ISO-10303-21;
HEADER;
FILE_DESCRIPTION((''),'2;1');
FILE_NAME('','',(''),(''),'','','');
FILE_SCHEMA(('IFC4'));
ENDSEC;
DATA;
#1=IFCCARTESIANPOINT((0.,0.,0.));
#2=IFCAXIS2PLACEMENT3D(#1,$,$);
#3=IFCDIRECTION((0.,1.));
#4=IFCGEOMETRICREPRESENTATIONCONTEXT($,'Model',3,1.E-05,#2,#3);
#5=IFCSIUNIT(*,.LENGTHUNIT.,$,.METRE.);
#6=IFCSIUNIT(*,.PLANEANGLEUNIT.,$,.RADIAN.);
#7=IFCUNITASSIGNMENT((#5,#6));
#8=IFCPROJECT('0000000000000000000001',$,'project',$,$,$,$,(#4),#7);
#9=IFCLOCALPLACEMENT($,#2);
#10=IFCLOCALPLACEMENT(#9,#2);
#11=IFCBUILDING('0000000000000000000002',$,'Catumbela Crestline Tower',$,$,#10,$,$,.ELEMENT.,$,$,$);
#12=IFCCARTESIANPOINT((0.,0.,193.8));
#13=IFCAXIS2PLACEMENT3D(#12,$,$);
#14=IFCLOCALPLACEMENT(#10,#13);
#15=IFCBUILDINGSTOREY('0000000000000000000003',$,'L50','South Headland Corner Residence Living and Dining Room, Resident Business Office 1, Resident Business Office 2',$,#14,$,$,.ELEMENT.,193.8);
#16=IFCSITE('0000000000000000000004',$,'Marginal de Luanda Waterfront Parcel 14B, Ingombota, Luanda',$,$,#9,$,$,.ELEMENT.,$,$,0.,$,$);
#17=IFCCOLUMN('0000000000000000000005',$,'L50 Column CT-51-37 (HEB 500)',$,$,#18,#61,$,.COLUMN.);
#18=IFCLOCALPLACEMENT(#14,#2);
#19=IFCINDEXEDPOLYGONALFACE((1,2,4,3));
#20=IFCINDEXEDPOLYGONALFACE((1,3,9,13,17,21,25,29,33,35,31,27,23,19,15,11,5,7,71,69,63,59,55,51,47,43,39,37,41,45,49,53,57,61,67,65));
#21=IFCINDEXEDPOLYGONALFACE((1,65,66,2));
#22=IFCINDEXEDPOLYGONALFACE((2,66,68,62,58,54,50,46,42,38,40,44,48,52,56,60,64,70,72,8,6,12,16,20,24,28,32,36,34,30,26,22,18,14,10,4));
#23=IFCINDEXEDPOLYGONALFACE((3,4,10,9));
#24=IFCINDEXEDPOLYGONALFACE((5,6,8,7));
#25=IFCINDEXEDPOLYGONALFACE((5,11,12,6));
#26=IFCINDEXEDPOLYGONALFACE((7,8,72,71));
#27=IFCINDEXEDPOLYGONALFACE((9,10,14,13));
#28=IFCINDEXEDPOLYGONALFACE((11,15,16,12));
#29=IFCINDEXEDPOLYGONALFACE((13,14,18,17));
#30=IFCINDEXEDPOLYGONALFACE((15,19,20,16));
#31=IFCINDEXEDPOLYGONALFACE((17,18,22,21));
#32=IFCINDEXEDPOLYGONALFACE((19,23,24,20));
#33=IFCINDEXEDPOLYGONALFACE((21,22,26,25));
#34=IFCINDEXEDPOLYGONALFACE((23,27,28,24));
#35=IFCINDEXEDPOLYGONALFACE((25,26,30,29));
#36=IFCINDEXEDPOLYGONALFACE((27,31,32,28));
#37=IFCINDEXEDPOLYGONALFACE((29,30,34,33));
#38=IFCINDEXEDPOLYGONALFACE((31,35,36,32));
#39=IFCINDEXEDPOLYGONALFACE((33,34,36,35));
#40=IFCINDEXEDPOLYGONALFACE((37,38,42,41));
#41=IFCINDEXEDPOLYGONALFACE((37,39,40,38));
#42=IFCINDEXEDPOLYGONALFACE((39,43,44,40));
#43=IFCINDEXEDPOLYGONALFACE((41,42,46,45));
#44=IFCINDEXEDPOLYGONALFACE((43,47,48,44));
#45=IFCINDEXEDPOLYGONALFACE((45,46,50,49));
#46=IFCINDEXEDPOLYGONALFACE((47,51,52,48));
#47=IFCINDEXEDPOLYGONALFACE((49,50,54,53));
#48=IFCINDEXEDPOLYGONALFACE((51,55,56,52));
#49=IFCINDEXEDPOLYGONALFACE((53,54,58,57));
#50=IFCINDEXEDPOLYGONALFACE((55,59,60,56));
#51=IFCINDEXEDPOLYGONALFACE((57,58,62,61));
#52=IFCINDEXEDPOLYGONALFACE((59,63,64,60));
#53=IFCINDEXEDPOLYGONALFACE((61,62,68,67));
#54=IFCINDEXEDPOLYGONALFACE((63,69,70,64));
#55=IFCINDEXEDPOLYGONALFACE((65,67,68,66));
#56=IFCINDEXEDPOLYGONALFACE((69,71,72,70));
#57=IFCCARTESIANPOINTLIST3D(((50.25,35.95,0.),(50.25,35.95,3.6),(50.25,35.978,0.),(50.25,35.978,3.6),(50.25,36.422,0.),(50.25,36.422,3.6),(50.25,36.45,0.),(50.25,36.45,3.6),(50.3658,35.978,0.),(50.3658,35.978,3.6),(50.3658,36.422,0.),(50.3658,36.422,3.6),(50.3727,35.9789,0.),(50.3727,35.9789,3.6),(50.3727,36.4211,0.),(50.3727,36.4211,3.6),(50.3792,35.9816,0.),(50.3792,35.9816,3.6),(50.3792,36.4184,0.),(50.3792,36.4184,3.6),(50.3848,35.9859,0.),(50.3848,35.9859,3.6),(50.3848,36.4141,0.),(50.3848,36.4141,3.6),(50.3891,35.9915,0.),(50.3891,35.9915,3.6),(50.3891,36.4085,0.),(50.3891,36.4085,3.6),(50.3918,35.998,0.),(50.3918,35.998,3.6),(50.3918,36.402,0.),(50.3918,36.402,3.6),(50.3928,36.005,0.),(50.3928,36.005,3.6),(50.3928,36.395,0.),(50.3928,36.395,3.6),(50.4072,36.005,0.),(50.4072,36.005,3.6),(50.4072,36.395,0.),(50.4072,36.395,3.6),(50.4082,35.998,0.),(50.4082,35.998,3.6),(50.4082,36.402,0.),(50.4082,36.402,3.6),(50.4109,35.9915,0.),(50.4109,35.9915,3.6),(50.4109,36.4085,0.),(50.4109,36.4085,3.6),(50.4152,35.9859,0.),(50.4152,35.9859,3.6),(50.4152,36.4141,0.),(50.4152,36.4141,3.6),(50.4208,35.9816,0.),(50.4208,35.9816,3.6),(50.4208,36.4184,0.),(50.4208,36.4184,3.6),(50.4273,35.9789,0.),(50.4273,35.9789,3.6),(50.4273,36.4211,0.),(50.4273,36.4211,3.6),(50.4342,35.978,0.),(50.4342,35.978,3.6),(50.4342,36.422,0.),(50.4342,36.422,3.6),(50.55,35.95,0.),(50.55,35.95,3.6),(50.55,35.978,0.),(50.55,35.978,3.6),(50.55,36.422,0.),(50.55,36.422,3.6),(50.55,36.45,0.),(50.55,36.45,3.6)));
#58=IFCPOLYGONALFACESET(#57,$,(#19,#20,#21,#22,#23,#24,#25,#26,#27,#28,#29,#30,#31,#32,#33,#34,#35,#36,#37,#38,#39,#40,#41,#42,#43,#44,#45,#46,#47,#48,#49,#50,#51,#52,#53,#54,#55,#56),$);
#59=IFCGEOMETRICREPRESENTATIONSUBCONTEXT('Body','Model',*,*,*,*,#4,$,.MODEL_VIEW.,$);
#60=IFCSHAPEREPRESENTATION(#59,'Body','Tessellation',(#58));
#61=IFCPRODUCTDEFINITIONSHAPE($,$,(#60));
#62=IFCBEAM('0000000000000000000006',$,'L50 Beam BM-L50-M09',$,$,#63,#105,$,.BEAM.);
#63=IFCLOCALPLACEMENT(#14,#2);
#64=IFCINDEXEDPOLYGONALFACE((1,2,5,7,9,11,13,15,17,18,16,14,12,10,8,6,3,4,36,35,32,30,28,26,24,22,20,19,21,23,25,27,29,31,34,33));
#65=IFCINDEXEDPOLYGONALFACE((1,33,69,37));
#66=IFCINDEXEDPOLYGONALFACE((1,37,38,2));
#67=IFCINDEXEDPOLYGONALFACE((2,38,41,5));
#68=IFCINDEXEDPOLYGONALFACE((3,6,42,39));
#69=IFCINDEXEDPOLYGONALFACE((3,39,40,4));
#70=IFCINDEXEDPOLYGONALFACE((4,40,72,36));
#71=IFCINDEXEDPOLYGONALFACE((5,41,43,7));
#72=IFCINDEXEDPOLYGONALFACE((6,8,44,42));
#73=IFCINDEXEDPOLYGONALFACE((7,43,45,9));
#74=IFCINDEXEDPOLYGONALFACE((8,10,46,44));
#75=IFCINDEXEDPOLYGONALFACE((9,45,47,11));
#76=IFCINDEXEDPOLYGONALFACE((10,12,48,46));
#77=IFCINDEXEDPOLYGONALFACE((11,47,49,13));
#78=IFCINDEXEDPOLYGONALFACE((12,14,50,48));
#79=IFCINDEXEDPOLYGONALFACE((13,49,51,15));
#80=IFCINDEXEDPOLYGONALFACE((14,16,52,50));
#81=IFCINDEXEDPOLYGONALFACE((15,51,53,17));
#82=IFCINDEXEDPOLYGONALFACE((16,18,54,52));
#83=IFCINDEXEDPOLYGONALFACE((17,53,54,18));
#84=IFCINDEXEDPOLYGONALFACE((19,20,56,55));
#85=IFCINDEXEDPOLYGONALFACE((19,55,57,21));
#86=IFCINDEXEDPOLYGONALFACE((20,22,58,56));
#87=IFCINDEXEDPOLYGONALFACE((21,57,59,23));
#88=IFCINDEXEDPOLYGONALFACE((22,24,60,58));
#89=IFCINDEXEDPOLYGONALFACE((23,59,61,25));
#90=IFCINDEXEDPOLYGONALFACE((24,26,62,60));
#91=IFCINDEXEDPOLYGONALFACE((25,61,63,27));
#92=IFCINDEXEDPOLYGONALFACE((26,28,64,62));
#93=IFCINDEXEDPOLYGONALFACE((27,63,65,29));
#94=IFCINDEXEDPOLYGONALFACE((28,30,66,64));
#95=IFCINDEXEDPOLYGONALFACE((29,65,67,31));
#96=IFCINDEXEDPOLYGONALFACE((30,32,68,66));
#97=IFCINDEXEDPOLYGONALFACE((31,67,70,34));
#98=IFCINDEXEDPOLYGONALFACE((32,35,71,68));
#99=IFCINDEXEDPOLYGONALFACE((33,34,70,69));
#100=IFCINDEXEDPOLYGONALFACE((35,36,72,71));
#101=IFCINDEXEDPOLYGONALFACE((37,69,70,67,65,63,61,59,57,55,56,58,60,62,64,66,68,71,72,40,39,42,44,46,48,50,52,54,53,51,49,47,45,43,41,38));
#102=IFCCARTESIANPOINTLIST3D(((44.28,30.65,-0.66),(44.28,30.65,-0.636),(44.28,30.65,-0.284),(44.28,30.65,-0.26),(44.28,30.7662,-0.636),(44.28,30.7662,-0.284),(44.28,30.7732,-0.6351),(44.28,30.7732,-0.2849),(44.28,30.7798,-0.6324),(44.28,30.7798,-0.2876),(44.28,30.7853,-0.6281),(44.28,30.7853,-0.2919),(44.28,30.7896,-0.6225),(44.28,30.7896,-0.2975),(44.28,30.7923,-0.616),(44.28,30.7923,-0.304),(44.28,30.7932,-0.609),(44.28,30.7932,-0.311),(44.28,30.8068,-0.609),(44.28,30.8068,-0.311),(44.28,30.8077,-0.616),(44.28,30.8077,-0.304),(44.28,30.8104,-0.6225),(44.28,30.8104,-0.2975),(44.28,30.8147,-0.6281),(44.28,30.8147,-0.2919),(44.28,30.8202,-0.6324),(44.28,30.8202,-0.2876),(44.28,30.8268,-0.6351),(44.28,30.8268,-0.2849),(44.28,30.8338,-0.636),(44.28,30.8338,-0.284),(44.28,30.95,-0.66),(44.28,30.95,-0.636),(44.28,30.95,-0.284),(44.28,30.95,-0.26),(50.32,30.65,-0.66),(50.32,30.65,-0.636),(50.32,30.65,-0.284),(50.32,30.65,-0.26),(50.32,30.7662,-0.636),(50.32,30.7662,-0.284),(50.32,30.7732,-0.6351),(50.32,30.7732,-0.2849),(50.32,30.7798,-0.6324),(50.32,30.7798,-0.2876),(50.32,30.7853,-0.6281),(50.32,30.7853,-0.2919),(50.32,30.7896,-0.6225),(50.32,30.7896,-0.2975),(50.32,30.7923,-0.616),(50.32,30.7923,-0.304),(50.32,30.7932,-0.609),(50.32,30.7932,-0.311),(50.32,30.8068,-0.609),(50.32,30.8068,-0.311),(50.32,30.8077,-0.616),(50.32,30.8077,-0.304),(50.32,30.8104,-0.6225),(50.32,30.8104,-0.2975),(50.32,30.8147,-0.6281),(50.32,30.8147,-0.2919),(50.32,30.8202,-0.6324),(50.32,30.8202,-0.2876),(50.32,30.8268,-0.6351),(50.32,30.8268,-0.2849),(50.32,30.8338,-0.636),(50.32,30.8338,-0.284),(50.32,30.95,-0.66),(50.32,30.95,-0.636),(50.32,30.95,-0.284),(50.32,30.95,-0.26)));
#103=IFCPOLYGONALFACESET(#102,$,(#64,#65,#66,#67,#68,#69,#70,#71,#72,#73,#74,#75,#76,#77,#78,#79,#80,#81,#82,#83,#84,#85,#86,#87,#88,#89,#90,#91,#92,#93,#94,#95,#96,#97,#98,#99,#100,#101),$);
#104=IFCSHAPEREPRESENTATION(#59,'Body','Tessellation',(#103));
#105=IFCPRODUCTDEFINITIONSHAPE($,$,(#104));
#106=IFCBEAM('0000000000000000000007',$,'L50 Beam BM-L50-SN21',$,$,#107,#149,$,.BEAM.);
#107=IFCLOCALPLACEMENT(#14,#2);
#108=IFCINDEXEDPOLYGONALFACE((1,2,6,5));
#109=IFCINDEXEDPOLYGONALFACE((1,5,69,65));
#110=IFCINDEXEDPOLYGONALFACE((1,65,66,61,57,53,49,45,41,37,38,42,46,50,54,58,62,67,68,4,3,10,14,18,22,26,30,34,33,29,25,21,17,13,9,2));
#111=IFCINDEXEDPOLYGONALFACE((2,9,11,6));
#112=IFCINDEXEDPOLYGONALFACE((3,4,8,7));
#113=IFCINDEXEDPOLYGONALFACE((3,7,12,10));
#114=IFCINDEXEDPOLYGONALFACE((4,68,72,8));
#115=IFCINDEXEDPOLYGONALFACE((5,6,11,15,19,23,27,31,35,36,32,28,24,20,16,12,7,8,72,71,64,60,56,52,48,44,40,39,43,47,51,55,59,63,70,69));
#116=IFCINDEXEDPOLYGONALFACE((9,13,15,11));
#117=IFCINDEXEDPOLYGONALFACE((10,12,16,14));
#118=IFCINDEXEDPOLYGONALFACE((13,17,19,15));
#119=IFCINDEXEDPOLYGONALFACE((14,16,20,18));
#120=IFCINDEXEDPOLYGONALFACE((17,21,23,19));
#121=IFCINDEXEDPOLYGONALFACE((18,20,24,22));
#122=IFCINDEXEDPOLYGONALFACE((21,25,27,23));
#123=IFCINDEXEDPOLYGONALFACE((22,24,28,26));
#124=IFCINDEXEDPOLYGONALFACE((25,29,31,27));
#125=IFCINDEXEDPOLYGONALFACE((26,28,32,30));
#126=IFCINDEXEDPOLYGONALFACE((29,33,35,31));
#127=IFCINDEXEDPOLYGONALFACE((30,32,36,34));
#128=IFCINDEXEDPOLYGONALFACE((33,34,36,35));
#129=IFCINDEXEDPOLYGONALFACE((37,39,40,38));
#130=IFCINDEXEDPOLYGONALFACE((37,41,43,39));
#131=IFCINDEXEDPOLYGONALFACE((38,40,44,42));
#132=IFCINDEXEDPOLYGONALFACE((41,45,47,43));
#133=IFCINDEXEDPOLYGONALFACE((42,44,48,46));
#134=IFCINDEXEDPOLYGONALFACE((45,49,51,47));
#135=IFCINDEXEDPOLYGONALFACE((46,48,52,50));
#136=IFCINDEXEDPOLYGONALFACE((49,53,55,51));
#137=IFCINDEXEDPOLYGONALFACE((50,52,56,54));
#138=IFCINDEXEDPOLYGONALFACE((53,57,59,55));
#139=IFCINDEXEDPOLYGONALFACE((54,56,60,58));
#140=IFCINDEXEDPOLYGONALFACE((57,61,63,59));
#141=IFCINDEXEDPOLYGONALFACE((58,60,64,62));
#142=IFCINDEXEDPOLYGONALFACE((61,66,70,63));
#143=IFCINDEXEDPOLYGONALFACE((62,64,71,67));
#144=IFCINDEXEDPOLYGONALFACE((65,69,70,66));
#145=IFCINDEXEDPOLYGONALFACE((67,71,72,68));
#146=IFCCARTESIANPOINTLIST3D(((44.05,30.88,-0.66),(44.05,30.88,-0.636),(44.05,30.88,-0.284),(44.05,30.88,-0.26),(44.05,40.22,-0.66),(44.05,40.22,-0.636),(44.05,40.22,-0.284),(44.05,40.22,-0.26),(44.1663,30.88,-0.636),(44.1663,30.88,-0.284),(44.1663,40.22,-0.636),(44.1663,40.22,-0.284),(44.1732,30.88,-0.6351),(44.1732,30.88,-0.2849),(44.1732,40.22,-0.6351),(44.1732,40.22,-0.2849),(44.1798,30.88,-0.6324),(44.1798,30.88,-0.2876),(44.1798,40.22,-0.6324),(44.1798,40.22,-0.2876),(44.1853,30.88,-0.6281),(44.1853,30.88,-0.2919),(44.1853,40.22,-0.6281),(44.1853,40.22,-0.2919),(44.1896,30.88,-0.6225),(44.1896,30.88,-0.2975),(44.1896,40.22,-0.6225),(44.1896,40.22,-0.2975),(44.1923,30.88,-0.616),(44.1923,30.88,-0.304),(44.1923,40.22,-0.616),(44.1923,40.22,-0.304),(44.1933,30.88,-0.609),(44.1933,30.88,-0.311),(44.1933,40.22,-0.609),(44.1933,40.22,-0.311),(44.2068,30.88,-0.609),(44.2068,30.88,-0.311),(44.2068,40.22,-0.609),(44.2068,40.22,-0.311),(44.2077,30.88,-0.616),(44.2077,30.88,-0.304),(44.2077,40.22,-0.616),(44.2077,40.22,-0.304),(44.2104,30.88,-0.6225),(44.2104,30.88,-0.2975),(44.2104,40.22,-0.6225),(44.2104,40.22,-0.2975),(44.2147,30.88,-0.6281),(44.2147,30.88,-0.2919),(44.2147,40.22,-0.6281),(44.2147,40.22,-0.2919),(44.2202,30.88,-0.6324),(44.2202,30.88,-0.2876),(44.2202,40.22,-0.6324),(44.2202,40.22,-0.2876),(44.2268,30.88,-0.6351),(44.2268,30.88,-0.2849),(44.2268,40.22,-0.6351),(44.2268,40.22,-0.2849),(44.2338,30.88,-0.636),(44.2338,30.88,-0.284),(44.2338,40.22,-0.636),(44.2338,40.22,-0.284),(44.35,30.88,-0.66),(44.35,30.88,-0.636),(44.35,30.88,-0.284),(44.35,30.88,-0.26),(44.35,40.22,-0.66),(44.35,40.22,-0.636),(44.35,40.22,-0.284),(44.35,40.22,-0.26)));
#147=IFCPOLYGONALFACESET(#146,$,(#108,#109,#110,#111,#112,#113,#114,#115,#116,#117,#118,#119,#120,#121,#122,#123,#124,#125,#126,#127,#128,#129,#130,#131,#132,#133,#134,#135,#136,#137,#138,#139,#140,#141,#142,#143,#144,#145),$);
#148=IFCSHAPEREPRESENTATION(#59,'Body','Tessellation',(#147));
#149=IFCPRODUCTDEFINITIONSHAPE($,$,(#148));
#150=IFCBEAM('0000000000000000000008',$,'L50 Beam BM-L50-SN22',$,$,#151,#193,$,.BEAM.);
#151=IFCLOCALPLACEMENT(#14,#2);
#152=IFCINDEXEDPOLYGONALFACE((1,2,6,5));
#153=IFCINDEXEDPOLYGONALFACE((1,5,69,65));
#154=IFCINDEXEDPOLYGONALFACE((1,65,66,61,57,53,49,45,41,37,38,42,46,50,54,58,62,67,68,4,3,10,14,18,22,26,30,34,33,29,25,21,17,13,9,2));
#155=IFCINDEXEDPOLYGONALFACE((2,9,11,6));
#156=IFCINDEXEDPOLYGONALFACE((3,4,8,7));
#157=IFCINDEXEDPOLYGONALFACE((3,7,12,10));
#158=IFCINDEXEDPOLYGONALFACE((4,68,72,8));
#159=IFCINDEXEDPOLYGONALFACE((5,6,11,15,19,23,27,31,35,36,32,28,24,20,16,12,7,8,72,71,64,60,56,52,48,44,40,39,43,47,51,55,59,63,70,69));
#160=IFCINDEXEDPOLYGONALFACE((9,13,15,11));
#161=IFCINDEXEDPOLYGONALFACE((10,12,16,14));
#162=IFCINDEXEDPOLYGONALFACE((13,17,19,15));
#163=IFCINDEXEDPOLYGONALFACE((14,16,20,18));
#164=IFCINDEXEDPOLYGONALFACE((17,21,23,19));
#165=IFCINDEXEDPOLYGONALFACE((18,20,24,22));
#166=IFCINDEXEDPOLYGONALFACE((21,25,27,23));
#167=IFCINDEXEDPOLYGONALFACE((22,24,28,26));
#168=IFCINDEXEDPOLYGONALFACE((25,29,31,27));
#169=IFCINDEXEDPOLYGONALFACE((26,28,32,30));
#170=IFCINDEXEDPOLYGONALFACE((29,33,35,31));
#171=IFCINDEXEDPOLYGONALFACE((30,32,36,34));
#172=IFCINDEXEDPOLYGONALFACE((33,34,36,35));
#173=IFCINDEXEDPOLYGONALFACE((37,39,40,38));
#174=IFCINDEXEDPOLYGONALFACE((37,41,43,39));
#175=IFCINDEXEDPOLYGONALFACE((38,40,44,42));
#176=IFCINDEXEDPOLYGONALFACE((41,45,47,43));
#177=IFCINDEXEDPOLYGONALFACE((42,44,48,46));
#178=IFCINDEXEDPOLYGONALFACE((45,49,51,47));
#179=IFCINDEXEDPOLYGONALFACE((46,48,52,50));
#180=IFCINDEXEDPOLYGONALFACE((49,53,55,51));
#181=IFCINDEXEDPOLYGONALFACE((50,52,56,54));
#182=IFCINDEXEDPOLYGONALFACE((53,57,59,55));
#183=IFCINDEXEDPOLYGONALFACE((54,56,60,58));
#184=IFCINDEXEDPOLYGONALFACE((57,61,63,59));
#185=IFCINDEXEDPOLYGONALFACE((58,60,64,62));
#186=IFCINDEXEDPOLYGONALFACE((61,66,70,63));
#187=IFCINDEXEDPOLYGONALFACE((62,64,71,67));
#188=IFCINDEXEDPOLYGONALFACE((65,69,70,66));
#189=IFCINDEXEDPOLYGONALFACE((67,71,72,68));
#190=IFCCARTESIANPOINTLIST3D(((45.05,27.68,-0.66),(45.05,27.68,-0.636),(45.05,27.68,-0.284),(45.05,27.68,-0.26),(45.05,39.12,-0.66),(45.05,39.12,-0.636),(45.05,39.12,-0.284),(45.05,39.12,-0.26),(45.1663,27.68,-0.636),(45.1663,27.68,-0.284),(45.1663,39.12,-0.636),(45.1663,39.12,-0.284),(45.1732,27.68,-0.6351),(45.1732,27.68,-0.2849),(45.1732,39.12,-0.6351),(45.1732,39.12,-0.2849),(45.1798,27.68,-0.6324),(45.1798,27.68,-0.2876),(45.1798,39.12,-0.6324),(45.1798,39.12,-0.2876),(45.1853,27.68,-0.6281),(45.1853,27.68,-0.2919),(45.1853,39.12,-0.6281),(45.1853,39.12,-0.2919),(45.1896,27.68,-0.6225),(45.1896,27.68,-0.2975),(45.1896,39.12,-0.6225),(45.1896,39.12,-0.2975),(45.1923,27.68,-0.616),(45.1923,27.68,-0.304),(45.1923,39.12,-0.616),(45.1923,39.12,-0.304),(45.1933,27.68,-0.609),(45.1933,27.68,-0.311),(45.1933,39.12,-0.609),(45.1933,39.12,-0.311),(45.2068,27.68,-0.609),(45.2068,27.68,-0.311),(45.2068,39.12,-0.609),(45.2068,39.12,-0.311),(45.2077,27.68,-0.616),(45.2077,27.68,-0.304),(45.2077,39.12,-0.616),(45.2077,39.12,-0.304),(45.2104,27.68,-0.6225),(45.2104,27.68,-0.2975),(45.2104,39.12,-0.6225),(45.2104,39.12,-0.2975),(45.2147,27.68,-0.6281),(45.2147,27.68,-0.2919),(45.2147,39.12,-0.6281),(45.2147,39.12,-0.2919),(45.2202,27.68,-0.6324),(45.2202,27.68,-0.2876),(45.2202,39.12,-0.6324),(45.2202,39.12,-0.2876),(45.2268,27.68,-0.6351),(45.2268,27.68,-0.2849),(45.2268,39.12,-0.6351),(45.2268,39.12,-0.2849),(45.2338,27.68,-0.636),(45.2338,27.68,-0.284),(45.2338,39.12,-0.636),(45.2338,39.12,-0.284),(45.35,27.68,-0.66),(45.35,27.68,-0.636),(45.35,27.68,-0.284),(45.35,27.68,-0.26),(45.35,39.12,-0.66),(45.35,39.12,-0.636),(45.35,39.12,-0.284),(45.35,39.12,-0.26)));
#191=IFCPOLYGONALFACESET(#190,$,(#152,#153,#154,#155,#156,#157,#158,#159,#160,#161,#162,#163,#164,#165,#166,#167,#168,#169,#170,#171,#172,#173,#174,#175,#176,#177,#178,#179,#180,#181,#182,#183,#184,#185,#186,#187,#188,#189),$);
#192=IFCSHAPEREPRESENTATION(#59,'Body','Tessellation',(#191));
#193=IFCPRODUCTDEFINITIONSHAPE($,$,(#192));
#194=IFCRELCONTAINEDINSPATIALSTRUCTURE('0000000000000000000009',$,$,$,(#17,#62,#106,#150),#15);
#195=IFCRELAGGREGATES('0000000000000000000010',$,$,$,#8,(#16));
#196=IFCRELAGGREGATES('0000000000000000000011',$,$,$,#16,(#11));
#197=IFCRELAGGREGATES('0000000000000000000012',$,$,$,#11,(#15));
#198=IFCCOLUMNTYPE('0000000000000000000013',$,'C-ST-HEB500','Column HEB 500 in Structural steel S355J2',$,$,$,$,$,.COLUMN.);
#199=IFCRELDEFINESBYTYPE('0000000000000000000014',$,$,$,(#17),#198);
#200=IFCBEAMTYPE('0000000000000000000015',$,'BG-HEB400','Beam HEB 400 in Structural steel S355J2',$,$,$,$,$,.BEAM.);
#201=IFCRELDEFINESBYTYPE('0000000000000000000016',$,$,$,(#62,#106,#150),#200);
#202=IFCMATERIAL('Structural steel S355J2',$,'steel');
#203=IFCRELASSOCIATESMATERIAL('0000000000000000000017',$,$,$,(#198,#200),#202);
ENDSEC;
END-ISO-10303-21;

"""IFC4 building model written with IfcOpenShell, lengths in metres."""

from ifc_helpers import new_model, si_unit, direction, frame, origin, origin_2d, place, context, subcontext, project, spatial, i_section, extrude, material, material_profile, profile_set, type_object, element, save


model = new_model("IFC4")

# Units and contexts
model_context = context("Model", 3, precision=1e-05, world=origin(), true_north=direction((0.0, 1.0)))
body_context = subcontext(model_context, "Body", "Model", "MODEL_VIEW")
ifc_project = project(units=[si_unit("LENGTHUNIT", "METRE"), si_unit("PLANEANGLEUNIT", "RADIAN")], contexts=[model_context])

# Site, building, storey
site_placement = place(None, origin())
site = spatial("IfcSite", under=ifc_project, at=site_placement, Name="Marginal de Luanda Waterfront Parcel 14B, Ingombota, Luanda", CompositionType="ELEMENT", RefElevation=0.0)
building_placement = place(site_placement, origin())
building = spatial("IfcBuilding", under=site, at=building_placement, Name="Catumbela Crestline Tower", CompositionType="ELEMENT")
storey_placement = place(building_placement, frame((0.0, 0.0, 193.8)))
storey = spatial("IfcBuildingStorey", under=building, at=storey_placement, Name="L50", Description="South Headland Corner Residence Living and Dining Room, Resident Business Office 1, Resident Business Office 2", CompositionType="ELEMENT", Elevation=193.8)

# Column
ifc_material_1 = material(Name="Structural steel S355J2", Category="steel")
ifc_material_profile_1 = material_profile(ifc_material_1, i_section(OverallWidth=0.3, OverallDepth=0.5, WebThickness=0.0145, FlangeThickness=0.028, FilletRadius=0.027, at=origin_2d()), Name="HEB 500")
ifc_profile_set_1 = profile_set([ifc_material_profile_1], Name="Structural steel S355J2")
column_type_1 = type_object("IfcColumnType", Name="C-ST-HEB500", Description="Column HEB 500 in Structural steel S355J2", PredefinedType="COLUMN", material=ifc_profile_set_1)
for number, where, z_axis, x_axis, name in (
    (1, (50.4, 36.2, 0.0), (0.0, 0.0, 1.0), (1.0, 0.0, 0.0), "L50 Column CT-51-37 (HEB 500)"),
):
    element("IfcColumn", number, at=place(storey_placement, frame(where, z_axis=z_axis, x_axis=x_axis)), inside=storey, type_object=column_type_1, Name=name, PredefinedType="COLUMN", context=body_context, shape_type="SweptSolid", body=[
        extrude(i_section(OverallWidth=0.3, OverallDepth=0.5, WebThickness=0.0145, FlangeThickness=0.028, FilletRadius=0.027, at=origin_2d()), origin(), (0.0, 0.0, 1.0), 3.6),
    ])

# Beams
ifc_material_profile_2 = material_profile(ifc_material_1, i_section(OverallWidth=0.3, OverallDepth=0.4, WebThickness=0.0135, FlangeThickness=0.024, FilletRadius=0.027, at=origin_2d()), Name="HEB 400")
ifc_profile_set_2 = profile_set([ifc_material_profile_2], Name="Structural steel S355J2")
beam_type_1 = type_object("IfcBeamType", Name="BG-HEB400", Description="Beam HEB 400 in Structural steel S355J2", PredefinedType="BEAM", material=ifc_profile_set_2)
beam_1_placement = place(storey_placement, frame((44.28, 30.8, -0.46), z_axis=(1.0, 0.0, 0.0), x_axis=(0.0, 1.0, 0.0)))
element("IfcBeam", 2, at=beam_1_placement, inside=storey, type_object=beam_type_1, Name="L50 Beam BM-L50-M09", PredefinedType="BEAM", context=body_context, shape_type="SweptSolid", body=[
    extrude(i_section(OverallWidth=0.3, OverallDepth=0.4, WebThickness=0.0135, FlangeThickness=0.024, FilletRadius=0.027, at=origin_2d()), origin(), (0.0, 0.0, 1.0), 6.04),
])
beam_2_placement = place(storey_placement, frame((44.2, 30.88, -0.46), z_axis=(0.0, 1.0, 0.0), x_axis=(-1.0, 0.0, 0.0)))
element("IfcBeam", 3, at=beam_2_placement, inside=storey, type_object=beam_type_1, Name="L50 Beam BM-L50-SN21", PredefinedType="BEAM", context=body_context, shape_type="SweptSolid", body=[
    extrude(i_section(OverallWidth=0.3, OverallDepth=0.4, WebThickness=0.0135, FlangeThickness=0.024, FilletRadius=0.027, at=origin_2d()), origin(), (0.0, 0.0, 1.0), 9.34),
])
beam_3_placement = place(storey_placement, frame((45.2, 27.68, -0.46), z_axis=(0.0, 1.0, 0.0), x_axis=(-1.0, 0.0, 0.0)))
element("IfcBeam", 4, at=beam_3_placement, inside=storey, type_object=beam_type_1, Name="L50 Beam BM-L50-SN22", PredefinedType="BEAM", context=body_context, shape_type="SweptSolid", body=[
    extrude(i_section(OverallWidth=0.3, OverallDepth=0.4, WebThickness=0.0135, FlangeThickness=0.024, FilletRadius=0.027, at=origin_2d()), origin(), (0.0, 0.0, 1.0), 11.44),
])

save(model, "model.ifc")
